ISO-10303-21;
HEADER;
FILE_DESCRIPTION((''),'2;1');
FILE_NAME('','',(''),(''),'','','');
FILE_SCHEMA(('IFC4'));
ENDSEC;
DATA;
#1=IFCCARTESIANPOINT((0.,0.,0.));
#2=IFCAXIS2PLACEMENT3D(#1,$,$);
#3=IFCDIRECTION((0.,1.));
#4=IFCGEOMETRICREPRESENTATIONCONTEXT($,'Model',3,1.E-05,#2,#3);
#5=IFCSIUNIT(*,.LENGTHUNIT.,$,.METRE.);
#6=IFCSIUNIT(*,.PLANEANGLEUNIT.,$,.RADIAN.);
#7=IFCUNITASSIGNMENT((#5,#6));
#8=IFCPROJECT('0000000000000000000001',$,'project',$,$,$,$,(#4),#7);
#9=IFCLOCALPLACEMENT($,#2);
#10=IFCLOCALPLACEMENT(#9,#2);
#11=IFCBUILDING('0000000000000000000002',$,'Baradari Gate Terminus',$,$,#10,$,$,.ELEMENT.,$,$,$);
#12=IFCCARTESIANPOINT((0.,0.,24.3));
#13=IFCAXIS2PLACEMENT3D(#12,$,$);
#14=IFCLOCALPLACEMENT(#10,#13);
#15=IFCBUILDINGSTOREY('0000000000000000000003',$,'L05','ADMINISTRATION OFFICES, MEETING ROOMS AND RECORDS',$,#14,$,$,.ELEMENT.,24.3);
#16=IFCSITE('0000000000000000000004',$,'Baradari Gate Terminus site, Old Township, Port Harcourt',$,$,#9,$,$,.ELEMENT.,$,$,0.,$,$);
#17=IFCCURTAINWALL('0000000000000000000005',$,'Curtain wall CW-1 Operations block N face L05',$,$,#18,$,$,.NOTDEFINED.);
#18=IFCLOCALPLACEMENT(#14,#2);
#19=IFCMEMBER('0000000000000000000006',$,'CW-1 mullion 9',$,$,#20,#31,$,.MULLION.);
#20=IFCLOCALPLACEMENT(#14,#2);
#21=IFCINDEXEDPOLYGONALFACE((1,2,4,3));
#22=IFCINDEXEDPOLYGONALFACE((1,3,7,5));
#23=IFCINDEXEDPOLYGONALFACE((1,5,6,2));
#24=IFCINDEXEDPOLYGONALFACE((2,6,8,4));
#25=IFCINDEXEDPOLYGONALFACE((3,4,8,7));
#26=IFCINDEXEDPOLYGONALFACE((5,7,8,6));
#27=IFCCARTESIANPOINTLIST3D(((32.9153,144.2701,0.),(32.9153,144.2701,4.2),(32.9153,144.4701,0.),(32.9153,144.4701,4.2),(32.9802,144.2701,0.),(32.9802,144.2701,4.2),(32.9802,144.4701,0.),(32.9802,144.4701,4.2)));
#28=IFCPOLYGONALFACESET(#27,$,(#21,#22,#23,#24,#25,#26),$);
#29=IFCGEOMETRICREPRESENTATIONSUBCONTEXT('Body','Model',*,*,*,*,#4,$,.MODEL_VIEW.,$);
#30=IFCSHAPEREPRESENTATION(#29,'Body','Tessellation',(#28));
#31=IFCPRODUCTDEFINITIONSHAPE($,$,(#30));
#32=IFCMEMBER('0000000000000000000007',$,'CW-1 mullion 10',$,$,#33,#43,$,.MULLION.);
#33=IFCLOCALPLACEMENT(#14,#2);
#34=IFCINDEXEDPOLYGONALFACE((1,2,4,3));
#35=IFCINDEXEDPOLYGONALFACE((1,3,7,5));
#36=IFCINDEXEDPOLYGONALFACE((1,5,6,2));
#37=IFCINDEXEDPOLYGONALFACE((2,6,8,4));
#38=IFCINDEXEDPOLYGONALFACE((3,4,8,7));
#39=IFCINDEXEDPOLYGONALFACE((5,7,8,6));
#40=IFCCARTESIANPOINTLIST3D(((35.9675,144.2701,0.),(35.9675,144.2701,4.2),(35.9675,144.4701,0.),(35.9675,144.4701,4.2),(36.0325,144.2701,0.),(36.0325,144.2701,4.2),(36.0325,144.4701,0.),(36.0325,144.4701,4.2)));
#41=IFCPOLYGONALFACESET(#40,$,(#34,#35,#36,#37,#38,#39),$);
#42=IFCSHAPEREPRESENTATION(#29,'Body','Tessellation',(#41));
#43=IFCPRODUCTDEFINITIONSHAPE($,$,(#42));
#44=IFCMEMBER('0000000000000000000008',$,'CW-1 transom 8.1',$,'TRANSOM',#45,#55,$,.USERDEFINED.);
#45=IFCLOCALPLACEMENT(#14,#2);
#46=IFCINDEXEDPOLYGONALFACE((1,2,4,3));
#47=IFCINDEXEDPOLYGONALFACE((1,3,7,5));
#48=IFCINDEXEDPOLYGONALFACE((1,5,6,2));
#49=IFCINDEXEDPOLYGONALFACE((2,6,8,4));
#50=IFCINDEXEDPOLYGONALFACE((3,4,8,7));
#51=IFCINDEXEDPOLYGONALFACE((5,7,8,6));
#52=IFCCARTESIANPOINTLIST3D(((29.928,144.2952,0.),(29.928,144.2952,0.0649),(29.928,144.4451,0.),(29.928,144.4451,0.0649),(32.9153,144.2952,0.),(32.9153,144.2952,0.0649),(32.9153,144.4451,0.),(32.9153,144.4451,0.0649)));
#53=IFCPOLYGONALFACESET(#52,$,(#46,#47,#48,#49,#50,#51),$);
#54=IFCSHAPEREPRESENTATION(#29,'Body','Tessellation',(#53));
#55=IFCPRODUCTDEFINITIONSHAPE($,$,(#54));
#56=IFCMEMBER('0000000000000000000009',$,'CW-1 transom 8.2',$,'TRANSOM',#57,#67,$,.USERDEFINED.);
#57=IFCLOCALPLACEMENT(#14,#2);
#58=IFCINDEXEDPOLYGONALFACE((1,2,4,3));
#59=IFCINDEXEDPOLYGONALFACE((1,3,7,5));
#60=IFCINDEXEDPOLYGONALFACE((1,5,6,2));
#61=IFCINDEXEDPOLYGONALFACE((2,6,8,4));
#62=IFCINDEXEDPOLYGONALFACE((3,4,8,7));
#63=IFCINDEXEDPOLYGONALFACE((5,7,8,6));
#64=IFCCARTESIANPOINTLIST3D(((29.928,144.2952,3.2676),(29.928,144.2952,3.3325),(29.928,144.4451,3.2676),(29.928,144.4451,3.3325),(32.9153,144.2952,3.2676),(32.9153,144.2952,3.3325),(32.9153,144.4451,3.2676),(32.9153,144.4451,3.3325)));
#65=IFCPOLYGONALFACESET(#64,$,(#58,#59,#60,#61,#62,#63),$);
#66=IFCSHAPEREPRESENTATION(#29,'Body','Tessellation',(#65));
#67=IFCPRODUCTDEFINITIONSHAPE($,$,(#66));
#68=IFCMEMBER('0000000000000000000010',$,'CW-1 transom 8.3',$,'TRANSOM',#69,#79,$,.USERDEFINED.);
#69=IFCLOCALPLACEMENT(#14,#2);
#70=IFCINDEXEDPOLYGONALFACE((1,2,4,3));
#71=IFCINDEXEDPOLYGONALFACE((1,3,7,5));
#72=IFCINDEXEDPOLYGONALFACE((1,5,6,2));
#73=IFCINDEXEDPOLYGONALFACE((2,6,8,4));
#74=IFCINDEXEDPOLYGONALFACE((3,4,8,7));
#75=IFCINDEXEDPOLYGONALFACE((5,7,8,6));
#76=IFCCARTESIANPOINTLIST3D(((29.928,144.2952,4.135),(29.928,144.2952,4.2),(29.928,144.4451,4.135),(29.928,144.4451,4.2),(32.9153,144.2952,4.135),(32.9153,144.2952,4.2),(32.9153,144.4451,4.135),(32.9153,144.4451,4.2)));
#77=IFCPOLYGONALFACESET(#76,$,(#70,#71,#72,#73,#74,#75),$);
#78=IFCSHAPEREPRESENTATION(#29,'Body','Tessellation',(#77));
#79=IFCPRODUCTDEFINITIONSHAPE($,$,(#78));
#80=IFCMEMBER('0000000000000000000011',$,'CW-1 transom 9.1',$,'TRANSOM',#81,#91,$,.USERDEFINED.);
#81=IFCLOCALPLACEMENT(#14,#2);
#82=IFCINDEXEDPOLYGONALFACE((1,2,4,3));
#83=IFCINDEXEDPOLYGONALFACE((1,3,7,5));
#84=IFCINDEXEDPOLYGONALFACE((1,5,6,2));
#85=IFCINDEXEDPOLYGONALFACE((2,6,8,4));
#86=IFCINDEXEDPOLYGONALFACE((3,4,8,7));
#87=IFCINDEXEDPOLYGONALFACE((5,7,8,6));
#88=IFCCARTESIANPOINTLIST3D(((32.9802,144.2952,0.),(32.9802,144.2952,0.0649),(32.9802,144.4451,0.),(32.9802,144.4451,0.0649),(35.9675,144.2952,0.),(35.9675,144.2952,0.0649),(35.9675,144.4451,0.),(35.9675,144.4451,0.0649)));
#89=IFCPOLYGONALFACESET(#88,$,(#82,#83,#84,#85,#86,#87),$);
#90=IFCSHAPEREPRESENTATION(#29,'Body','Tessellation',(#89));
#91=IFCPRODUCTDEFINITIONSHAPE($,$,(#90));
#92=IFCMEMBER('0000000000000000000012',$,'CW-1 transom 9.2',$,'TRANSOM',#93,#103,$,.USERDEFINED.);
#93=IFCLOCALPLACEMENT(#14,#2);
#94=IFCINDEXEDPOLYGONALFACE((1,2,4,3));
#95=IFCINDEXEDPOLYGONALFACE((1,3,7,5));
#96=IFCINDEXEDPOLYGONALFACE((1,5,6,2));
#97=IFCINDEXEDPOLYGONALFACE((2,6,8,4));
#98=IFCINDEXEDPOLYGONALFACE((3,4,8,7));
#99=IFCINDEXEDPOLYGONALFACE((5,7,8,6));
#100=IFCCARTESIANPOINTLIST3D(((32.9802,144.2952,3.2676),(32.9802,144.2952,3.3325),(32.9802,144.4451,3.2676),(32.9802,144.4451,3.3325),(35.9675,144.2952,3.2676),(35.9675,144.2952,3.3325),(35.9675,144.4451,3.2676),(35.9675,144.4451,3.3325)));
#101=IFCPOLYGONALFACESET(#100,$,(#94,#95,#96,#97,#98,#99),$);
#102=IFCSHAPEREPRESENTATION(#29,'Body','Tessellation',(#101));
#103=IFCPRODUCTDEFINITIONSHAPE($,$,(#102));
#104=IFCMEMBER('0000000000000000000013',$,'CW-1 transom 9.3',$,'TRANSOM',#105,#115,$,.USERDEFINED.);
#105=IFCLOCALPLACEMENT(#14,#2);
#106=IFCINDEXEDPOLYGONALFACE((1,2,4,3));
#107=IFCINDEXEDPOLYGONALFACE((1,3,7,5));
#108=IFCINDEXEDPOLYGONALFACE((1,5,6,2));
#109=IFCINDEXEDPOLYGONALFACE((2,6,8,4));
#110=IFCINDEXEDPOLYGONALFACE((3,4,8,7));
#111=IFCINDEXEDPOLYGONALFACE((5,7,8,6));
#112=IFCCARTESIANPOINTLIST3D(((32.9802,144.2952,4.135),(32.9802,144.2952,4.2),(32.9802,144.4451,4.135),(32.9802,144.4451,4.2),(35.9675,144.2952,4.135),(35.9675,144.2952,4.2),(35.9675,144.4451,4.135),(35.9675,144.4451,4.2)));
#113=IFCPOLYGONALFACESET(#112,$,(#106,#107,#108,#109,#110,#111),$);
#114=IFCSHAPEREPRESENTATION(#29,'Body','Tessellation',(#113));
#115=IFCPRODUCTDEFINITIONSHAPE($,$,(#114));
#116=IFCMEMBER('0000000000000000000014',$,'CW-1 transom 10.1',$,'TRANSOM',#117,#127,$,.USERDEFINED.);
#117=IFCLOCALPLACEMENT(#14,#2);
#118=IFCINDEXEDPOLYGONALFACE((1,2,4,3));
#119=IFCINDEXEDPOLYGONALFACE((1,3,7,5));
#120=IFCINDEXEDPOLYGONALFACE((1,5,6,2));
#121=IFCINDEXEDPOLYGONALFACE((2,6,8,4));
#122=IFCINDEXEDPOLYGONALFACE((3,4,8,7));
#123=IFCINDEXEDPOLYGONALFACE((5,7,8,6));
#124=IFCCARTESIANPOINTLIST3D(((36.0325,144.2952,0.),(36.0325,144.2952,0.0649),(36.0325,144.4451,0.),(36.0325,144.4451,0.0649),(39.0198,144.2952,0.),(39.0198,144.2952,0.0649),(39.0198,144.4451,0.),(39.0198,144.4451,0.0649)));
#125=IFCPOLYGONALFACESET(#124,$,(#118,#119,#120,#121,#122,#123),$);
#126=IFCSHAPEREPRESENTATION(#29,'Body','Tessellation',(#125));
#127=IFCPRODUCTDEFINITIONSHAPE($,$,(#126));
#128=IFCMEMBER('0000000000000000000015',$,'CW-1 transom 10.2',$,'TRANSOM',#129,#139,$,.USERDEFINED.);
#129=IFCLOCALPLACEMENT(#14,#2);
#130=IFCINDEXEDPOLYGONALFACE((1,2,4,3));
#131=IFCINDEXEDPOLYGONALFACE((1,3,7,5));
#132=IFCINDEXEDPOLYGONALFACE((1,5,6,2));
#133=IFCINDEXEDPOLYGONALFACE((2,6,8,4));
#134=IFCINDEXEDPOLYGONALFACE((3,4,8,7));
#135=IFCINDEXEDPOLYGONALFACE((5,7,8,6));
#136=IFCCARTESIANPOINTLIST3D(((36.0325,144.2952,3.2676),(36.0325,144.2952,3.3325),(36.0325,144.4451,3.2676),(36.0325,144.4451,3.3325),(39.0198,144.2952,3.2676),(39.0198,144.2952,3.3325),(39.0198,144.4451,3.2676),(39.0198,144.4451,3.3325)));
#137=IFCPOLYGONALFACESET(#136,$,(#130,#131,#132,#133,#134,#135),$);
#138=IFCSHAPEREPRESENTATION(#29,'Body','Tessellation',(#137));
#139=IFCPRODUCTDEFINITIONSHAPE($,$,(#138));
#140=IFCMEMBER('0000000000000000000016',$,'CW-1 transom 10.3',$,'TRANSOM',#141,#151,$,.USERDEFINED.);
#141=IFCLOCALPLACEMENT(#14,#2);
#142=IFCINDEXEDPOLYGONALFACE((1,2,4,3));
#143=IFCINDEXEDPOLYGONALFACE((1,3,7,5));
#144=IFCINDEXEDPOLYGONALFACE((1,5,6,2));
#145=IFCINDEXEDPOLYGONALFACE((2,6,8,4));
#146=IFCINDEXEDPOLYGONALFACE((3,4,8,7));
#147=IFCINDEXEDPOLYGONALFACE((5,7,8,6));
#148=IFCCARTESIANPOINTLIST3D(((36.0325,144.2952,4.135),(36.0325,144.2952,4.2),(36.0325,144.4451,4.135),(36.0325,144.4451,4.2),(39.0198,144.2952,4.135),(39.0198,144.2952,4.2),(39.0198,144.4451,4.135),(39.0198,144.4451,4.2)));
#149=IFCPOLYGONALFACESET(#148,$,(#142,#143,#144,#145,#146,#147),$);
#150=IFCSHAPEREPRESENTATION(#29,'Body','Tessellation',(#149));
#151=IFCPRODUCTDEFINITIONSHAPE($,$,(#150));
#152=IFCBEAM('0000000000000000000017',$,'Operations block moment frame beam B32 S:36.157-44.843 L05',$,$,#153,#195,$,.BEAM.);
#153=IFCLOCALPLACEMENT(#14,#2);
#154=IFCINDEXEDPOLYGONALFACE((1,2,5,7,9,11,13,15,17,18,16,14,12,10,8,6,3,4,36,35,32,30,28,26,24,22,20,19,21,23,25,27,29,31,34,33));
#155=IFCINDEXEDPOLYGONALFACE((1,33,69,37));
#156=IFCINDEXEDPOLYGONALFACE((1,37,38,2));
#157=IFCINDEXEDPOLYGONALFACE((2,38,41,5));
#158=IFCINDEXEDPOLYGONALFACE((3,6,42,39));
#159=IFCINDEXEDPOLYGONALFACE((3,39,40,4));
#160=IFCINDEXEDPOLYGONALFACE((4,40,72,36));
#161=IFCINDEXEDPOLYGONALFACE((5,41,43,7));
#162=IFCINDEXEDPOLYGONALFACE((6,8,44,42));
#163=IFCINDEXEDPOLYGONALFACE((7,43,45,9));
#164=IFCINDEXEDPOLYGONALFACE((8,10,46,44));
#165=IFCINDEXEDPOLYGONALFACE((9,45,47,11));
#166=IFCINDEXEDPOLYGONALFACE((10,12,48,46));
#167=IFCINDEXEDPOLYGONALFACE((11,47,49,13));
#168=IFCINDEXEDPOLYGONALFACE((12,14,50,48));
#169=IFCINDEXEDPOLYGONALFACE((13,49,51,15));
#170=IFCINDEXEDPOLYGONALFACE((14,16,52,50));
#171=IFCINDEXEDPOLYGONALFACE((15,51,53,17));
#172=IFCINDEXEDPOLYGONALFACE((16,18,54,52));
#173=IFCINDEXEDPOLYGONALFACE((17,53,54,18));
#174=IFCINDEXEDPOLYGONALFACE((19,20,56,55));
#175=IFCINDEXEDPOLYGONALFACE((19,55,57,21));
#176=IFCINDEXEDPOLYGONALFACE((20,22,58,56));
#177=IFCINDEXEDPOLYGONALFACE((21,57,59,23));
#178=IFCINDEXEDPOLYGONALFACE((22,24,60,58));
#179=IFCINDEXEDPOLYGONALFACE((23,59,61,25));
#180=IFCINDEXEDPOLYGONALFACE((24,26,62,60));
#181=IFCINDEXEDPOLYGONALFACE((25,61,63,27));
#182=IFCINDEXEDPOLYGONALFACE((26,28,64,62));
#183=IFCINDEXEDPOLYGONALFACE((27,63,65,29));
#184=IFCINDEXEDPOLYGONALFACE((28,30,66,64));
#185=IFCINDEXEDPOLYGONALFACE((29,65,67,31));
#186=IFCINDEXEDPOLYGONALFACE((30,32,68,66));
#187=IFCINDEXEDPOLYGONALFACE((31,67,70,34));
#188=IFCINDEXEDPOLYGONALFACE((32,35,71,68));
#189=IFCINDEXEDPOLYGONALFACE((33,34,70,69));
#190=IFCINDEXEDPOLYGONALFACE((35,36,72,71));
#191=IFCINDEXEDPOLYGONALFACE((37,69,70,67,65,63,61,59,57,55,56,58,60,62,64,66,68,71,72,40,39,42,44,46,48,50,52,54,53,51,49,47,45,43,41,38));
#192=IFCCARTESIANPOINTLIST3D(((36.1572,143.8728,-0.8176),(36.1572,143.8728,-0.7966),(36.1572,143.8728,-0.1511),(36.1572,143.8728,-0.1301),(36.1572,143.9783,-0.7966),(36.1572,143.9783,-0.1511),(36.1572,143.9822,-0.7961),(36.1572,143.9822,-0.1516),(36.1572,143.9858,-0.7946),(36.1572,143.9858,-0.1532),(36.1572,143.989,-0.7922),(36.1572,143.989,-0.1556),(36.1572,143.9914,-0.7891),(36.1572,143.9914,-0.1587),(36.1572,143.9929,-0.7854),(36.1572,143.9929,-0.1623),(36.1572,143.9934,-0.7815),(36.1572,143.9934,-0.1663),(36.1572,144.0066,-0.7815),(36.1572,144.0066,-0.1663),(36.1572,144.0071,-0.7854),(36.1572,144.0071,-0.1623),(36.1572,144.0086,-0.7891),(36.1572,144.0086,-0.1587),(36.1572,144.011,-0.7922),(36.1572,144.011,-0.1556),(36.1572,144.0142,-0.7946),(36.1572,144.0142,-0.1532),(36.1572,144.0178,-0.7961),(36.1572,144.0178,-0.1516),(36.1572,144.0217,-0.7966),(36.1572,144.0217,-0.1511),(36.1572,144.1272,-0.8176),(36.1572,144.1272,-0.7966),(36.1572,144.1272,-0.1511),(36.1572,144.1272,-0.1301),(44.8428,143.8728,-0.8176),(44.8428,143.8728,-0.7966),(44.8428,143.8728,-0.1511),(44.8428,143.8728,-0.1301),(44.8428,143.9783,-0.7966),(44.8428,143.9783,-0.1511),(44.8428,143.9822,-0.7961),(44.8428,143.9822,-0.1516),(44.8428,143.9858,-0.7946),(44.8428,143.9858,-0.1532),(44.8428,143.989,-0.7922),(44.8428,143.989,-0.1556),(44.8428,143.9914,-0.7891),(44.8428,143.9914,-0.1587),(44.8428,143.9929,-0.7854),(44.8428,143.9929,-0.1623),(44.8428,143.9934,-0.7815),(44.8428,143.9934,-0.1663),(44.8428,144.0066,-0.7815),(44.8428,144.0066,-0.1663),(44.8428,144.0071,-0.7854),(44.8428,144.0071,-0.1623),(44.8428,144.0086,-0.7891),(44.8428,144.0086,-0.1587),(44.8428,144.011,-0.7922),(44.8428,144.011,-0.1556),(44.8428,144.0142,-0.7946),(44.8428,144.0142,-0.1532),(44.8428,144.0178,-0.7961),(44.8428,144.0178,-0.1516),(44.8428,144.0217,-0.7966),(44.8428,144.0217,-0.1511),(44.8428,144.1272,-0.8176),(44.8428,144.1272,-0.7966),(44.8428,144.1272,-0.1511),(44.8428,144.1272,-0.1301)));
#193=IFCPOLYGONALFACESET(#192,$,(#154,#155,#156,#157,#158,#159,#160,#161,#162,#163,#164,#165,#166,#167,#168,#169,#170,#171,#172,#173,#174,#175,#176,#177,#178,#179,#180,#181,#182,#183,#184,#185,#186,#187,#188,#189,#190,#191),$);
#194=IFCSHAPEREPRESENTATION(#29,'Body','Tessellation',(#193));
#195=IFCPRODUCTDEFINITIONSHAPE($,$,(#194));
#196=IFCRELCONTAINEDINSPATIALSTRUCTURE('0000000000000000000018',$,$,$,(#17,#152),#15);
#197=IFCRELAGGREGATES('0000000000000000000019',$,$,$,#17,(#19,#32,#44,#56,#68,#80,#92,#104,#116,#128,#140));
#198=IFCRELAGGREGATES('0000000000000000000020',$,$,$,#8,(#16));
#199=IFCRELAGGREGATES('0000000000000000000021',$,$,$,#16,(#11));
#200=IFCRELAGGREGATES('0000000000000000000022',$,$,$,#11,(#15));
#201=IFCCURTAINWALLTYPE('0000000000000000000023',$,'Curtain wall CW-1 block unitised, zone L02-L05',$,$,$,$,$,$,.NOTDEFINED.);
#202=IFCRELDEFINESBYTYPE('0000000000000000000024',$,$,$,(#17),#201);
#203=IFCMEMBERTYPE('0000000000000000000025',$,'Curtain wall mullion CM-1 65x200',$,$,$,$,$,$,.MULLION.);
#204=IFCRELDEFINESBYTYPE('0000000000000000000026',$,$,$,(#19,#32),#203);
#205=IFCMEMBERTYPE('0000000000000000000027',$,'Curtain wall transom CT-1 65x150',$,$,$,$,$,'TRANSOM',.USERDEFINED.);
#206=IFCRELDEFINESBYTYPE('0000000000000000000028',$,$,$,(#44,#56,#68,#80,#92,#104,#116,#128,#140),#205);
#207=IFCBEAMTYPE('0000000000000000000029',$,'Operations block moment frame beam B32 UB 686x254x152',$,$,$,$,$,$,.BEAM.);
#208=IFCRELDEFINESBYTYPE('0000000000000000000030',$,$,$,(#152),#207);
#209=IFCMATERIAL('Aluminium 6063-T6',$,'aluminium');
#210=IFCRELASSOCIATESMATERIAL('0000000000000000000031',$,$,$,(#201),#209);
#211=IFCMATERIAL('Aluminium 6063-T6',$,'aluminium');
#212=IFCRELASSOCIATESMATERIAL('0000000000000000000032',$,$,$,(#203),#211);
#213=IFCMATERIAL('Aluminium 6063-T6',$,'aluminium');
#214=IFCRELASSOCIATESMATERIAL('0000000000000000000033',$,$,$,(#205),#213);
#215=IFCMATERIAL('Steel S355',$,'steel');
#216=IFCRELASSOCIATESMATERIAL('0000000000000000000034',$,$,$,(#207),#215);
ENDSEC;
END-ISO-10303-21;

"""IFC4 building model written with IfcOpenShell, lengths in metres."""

from ifc_helpers import new_model, si_unit, direction, frame, origin, origin_2d, place, context, subcontext, project, spatial, rectangle, i_section, extrude, material, material_profile, profile_set, type_object, element, aggregate, save


model = new_model("IFC4")

# Units and contexts
model_context = context("Model", 3, precision=1e-05, world=origin(), true_north=direction((0.0, 1.0)))
body_context = subcontext(model_context, "Body", "Model", "MODEL_VIEW")
ifc_project = project(units=[si_unit("LENGTHUNIT", "METRE"), si_unit("PLANEANGLEUNIT", "RADIAN")], contexts=[model_context])

# Site, building, storey
site_placement = place(None, origin())
site = spatial("IfcSite", under=ifc_project, at=site_placement, Name="Baradari Gate Terminus site, Old Township, Port Harcourt", CompositionType="ELEMENT", RefElevation=0.0)
building_placement = place(site_placement, origin())
building = spatial("IfcBuilding", under=site, at=building_placement, Name="Baradari Gate Terminus", CompositionType="ELEMENT")
storey_placement = place(building_placement, frame((0.0, 0.0, 24.3)))
storey = spatial("IfcBuildingStorey", under=building, at=storey_placement, Name="L05", Description="ADMINISTRATION OFFICES, MEETING ROOMS AND RECORDS", CompositionType="ELEMENT", Elevation=24.3)

# Curtain wall, members
ifc_material_1 = material(Name="Aluminium 6063-T6", Category="aluminium")
curtain_wall_type = type_object("IfcCurtainWallType", Name="Curtain wall CW-1 block unitised, zone L02-L05", PredefinedType="NOTDEFINED", material=ifc_material_1)
curtain_wall_placement = place(storey_placement, origin())
curtain_wall = element("IfcCurtainWall", 1, at=curtain_wall_placement, inside=storey, type_object=curtain_wall_type, Name="Curtain wall CW-1 Operations block N face L05", PredefinedType="NOTDEFINED")
ifc_material_2 = material(Name="Aluminium 6063-T6", Category="aluminium")
ifc_material_profile_1 = material_profile(ifc_material_2, rectangle(XDim=0.2, YDim=0.0649, at=origin_2d()), Name="CM-1 65X200")
ifc_profile_set_1 = profile_set([ifc_material_profile_1], Name="Aluminium 6063-T6")
member_type_1 = type_object("IfcMemberType", Name="Curtain wall mullion CM-1 65x200", PredefinedType="MULLION", material=ifc_profile_set_1)
member_1_placement = place(storey_placement, frame((32.9478, 144.3701, 0.0), z_axis=(0.0, 0.0, 1.0), x_axis=(0.0, 1.0, 0.0)))
member_1 = element("IfcMember", 2, at=member_1_placement, type_object=member_type_1, Name="CW-1 mullion 9", PredefinedType="MULLION", context=body_context, shape_type="SweptSolid", body=[
    extrude(rectangle(XDim=0.2, YDim=0.0649, at=origin_2d()), origin(), (0.0, 0.0, 1.0), 4.2),
])
member_2_placement = place(storey_placement, frame((36.0, 144.3701, 0.0), z_axis=(0.0, 0.0, 1.0), x_axis=(0.0, 1.0, 0.0)))
member_2 = element("IfcMember", 3, at=member_2_placement, type_object=member_type_1, Name="CW-1 mullion 10", PredefinedType="MULLION", context=body_context, shape_type="SweptSolid", body=[
    extrude(rectangle(XDim=0.2, YDim=0.0649, at=origin_2d()), origin(), (0.0, 0.0, 1.0), 4.2),
])
ifc_material_3 = material(Name="Aluminium 6063-T6", Category="aluminium")
ifc_material_profile_2 = material_profile(ifc_material_3, rectangle(XDim=0.1499, YDim=0.0649, at=origin_2d()), Name="CT-1 65X150")
ifc_profile_set_2 = profile_set([ifc_material_profile_2], Name="Aluminium 6063-T6")
member_type_2 = type_object("IfcMemberType", Name="Curtain wall transom CT-1 65x150", ElementType="TRANSOM", PredefinedType="USERDEFINED", material=ifc_profile_set_2)
member_3_placement = place(storey_placement, frame((29.928, 144.3701, 0.0325), z_axis=(1.0, 0.0, 0.0), x_axis=(0.0, 1.0, 0.0)))
member_3 = element("IfcMember", 4, at=member_3_placement, type_object=member_type_2, Name="CW-1 transom 8.1", ObjectType="TRANSOM", PredefinedType="USERDEFINED", context=body_context, shape_type="SweptSolid", body=[
    extrude(rectangle(XDim=0.1499, YDim=0.0649, at=origin_2d()), origin(), (0.0, 0.0, 1.0), 2.9873),
])
member_4_placement = place(storey_placement, frame((29.928, 144.3701, 3.3), z_axis=(1.0, 0.0, 0.0), x_axis=(0.0, 1.0, 0.0)))
member_4 = element("IfcMember", 5, at=member_4_placement, type_object=member_type_2, Name="CW-1 transom 8.2", ObjectType="TRANSOM", PredefinedType="USERDEFINED", context=body_context, shape_type="SweptSolid", body=[
    extrude(rectangle(XDim=0.1499, YDim=0.0649, at=origin_2d()), origin(), (0.0, 0.0, 1.0), 2.9873),
])
member_5_placement = place(storey_placement, frame((29.928, 144.3701, 4.1675), z_axis=(1.0, 0.0, 0.0), x_axis=(0.0, 1.0, 0.0)))
member_5 = element("IfcMember", 6, at=member_5_placement, type_object=member_type_2, Name="CW-1 transom 8.3", ObjectType="TRANSOM", PredefinedType="USERDEFINED", context=body_context, shape_type="SweptSolid", body=[
    extrude(rectangle(XDim=0.1499, YDim=0.0649, at=origin_2d()), origin(), (0.0, 0.0, 1.0), 2.9873),
])
member_6_placement = place(storey_placement, frame((32.9802, 144.3701, 0.0325), z_axis=(1.0, 0.0, 0.0), x_axis=(0.0, 1.0, 0.0)))
member_6 = element("IfcMember", 7, at=member_6_placement, type_object=member_type_2, Name="CW-1 transom 9.1", ObjectType="TRANSOM", PredefinedType="USERDEFINED", context=body_context, shape_type="SweptSolid", body=[
    extrude(rectangle(XDim=0.1499, YDim=0.0649, at=origin_2d()), origin(), (0.0, 0.0, 1.0), 2.9873),
])
member_7_placement = place(storey_placement, frame((32.9802, 144.3701, 3.3), z_axis=(1.0, 0.0, 0.0), x_axis=(0.0, 1.0, 0.0)))
member_7 = element("IfcMember", 8, at=member_7_placement, type_object=member_type_2, Name="CW-1 transom 9.2", ObjectType="TRANSOM", PredefinedType="USERDEFINED", context=body_context, shape_type="SweptSolid", body=[
    extrude(rectangle(XDim=0.1499, YDim=0.0649, at=origin_2d()), origin(), (0.0, 0.0, 1.0), 2.9873),
])
member_8_placement = place(storey_placement, frame((32.9802, 144.3701, 4.1675), z_axis=(1.0, 0.0, 0.0), x_axis=(0.0, 1.0, 0.0)))
member_8 = element("IfcMember", 9, at=member_8_placement, type_object=member_type_2, Name="CW-1 transom 9.3", ObjectType="TRANSOM", PredefinedType="USERDEFINED", context=body_context, shape_type="SweptSolid", body=[
    extrude(rectangle(XDim=0.1499, YDim=0.0649, at=origin_2d()), origin(), (0.0, 0.0, 1.0), 2.9873),
])
member_9_placement = place(storey_placement, frame((36.0325, 144.3701, 0.0325), z_axis=(1.0, 0.0, 0.0), x_axis=(0.0, 1.0, 0.0)))
member_9 = element("IfcMember", 10, at=member_9_placement, type_object=member_type_2, Name="CW-1 transom 10.1", ObjectType="TRANSOM", PredefinedType="USERDEFINED", context=body_context, shape_type="SweptSolid", body=[
    extrude(rectangle(XDim=0.1499, YDim=0.0649, at=origin_2d()), origin(), (0.0, 0.0, 1.0), 2.9873),
])
member_10_placement = place(storey_placement, frame((36.0325, 144.3701, 3.3), z_axis=(1.0, 0.0, 0.0), x_axis=(0.0, 1.0, 0.0)))
member_10 = element("IfcMember", 11, at=member_10_placement, type_object=member_type_2, Name="CW-1 transom 10.2", ObjectType="TRANSOM", PredefinedType="USERDEFINED", context=body_context, shape_type="SweptSolid", body=[
    extrude(rectangle(XDim=0.1499, YDim=0.0649, at=origin_2d()), origin(), (0.0, 0.0, 1.0), 2.9873),
])
member_11_placement = place(storey_placement, frame((36.0325, 144.3701, 4.1675), z_axis=(1.0, 0.0, 0.0), x_axis=(0.0, 1.0, 0.0)))
member_11 = element("IfcMember", 12, at=member_11_placement, type_object=member_type_2, Name="CW-1 transom 10.3", ObjectType="TRANSOM", PredefinedType="USERDEFINED", context=body_context, shape_type="SweptSolid", body=[
    extrude(rectangle(XDim=0.1499, YDim=0.0649, at=origin_2d()), origin(), (0.0, 0.0, 1.0), 2.9873),
])

# Beam
ifc_material_4 = material(Name="Steel S355", Category="steel")
ifc_material_profile_3 = material_profile(ifc_material_4, i_section(OverallWidth=0.2544, OverallDepth=0.6875, WebThickness=0.0132, FlangeThickness=0.021, FilletRadius=0.0151, at=origin_2d()), Name="UB 686x254x152")
ifc_profile_set_3 = profile_set([ifc_material_profile_3], Name="Steel S355")
beam_type = type_object("IfcBeamType", Name="Operations block moment frame beam B32 UB 686x254x152", PredefinedType="BEAM", material=ifc_profile_set_3)
beam_placement = place(storey_placement, frame((36.1572, 144.0, -0.4739), z_axis=(1.0, 0.0, 0.0), x_axis=(0.0, 1.0, 0.0)))
element("IfcBeam", 13, at=beam_placement, inside=storey, type_object=beam_type, Name="Operations block moment frame beam B32 S:36.157-44.843 L05", PredefinedType="BEAM", context=body_context, shape_type="SweptSolid", body=[
    extrude(i_section(OverallWidth=0.2544, OverallDepth=0.6875, WebThickness=0.0132, FlangeThickness=0.021, FilletRadius=0.0151, at=origin_2d()), origin(), (0.0, 0.0, 1.0), 8.6855),
])

aggregate(curtain_wall, [member_1, member_2, member_3, member_4, member_5, member_6, member_7, member_8, member_9, member_10, member_11])

save(model, "model.ifc")
